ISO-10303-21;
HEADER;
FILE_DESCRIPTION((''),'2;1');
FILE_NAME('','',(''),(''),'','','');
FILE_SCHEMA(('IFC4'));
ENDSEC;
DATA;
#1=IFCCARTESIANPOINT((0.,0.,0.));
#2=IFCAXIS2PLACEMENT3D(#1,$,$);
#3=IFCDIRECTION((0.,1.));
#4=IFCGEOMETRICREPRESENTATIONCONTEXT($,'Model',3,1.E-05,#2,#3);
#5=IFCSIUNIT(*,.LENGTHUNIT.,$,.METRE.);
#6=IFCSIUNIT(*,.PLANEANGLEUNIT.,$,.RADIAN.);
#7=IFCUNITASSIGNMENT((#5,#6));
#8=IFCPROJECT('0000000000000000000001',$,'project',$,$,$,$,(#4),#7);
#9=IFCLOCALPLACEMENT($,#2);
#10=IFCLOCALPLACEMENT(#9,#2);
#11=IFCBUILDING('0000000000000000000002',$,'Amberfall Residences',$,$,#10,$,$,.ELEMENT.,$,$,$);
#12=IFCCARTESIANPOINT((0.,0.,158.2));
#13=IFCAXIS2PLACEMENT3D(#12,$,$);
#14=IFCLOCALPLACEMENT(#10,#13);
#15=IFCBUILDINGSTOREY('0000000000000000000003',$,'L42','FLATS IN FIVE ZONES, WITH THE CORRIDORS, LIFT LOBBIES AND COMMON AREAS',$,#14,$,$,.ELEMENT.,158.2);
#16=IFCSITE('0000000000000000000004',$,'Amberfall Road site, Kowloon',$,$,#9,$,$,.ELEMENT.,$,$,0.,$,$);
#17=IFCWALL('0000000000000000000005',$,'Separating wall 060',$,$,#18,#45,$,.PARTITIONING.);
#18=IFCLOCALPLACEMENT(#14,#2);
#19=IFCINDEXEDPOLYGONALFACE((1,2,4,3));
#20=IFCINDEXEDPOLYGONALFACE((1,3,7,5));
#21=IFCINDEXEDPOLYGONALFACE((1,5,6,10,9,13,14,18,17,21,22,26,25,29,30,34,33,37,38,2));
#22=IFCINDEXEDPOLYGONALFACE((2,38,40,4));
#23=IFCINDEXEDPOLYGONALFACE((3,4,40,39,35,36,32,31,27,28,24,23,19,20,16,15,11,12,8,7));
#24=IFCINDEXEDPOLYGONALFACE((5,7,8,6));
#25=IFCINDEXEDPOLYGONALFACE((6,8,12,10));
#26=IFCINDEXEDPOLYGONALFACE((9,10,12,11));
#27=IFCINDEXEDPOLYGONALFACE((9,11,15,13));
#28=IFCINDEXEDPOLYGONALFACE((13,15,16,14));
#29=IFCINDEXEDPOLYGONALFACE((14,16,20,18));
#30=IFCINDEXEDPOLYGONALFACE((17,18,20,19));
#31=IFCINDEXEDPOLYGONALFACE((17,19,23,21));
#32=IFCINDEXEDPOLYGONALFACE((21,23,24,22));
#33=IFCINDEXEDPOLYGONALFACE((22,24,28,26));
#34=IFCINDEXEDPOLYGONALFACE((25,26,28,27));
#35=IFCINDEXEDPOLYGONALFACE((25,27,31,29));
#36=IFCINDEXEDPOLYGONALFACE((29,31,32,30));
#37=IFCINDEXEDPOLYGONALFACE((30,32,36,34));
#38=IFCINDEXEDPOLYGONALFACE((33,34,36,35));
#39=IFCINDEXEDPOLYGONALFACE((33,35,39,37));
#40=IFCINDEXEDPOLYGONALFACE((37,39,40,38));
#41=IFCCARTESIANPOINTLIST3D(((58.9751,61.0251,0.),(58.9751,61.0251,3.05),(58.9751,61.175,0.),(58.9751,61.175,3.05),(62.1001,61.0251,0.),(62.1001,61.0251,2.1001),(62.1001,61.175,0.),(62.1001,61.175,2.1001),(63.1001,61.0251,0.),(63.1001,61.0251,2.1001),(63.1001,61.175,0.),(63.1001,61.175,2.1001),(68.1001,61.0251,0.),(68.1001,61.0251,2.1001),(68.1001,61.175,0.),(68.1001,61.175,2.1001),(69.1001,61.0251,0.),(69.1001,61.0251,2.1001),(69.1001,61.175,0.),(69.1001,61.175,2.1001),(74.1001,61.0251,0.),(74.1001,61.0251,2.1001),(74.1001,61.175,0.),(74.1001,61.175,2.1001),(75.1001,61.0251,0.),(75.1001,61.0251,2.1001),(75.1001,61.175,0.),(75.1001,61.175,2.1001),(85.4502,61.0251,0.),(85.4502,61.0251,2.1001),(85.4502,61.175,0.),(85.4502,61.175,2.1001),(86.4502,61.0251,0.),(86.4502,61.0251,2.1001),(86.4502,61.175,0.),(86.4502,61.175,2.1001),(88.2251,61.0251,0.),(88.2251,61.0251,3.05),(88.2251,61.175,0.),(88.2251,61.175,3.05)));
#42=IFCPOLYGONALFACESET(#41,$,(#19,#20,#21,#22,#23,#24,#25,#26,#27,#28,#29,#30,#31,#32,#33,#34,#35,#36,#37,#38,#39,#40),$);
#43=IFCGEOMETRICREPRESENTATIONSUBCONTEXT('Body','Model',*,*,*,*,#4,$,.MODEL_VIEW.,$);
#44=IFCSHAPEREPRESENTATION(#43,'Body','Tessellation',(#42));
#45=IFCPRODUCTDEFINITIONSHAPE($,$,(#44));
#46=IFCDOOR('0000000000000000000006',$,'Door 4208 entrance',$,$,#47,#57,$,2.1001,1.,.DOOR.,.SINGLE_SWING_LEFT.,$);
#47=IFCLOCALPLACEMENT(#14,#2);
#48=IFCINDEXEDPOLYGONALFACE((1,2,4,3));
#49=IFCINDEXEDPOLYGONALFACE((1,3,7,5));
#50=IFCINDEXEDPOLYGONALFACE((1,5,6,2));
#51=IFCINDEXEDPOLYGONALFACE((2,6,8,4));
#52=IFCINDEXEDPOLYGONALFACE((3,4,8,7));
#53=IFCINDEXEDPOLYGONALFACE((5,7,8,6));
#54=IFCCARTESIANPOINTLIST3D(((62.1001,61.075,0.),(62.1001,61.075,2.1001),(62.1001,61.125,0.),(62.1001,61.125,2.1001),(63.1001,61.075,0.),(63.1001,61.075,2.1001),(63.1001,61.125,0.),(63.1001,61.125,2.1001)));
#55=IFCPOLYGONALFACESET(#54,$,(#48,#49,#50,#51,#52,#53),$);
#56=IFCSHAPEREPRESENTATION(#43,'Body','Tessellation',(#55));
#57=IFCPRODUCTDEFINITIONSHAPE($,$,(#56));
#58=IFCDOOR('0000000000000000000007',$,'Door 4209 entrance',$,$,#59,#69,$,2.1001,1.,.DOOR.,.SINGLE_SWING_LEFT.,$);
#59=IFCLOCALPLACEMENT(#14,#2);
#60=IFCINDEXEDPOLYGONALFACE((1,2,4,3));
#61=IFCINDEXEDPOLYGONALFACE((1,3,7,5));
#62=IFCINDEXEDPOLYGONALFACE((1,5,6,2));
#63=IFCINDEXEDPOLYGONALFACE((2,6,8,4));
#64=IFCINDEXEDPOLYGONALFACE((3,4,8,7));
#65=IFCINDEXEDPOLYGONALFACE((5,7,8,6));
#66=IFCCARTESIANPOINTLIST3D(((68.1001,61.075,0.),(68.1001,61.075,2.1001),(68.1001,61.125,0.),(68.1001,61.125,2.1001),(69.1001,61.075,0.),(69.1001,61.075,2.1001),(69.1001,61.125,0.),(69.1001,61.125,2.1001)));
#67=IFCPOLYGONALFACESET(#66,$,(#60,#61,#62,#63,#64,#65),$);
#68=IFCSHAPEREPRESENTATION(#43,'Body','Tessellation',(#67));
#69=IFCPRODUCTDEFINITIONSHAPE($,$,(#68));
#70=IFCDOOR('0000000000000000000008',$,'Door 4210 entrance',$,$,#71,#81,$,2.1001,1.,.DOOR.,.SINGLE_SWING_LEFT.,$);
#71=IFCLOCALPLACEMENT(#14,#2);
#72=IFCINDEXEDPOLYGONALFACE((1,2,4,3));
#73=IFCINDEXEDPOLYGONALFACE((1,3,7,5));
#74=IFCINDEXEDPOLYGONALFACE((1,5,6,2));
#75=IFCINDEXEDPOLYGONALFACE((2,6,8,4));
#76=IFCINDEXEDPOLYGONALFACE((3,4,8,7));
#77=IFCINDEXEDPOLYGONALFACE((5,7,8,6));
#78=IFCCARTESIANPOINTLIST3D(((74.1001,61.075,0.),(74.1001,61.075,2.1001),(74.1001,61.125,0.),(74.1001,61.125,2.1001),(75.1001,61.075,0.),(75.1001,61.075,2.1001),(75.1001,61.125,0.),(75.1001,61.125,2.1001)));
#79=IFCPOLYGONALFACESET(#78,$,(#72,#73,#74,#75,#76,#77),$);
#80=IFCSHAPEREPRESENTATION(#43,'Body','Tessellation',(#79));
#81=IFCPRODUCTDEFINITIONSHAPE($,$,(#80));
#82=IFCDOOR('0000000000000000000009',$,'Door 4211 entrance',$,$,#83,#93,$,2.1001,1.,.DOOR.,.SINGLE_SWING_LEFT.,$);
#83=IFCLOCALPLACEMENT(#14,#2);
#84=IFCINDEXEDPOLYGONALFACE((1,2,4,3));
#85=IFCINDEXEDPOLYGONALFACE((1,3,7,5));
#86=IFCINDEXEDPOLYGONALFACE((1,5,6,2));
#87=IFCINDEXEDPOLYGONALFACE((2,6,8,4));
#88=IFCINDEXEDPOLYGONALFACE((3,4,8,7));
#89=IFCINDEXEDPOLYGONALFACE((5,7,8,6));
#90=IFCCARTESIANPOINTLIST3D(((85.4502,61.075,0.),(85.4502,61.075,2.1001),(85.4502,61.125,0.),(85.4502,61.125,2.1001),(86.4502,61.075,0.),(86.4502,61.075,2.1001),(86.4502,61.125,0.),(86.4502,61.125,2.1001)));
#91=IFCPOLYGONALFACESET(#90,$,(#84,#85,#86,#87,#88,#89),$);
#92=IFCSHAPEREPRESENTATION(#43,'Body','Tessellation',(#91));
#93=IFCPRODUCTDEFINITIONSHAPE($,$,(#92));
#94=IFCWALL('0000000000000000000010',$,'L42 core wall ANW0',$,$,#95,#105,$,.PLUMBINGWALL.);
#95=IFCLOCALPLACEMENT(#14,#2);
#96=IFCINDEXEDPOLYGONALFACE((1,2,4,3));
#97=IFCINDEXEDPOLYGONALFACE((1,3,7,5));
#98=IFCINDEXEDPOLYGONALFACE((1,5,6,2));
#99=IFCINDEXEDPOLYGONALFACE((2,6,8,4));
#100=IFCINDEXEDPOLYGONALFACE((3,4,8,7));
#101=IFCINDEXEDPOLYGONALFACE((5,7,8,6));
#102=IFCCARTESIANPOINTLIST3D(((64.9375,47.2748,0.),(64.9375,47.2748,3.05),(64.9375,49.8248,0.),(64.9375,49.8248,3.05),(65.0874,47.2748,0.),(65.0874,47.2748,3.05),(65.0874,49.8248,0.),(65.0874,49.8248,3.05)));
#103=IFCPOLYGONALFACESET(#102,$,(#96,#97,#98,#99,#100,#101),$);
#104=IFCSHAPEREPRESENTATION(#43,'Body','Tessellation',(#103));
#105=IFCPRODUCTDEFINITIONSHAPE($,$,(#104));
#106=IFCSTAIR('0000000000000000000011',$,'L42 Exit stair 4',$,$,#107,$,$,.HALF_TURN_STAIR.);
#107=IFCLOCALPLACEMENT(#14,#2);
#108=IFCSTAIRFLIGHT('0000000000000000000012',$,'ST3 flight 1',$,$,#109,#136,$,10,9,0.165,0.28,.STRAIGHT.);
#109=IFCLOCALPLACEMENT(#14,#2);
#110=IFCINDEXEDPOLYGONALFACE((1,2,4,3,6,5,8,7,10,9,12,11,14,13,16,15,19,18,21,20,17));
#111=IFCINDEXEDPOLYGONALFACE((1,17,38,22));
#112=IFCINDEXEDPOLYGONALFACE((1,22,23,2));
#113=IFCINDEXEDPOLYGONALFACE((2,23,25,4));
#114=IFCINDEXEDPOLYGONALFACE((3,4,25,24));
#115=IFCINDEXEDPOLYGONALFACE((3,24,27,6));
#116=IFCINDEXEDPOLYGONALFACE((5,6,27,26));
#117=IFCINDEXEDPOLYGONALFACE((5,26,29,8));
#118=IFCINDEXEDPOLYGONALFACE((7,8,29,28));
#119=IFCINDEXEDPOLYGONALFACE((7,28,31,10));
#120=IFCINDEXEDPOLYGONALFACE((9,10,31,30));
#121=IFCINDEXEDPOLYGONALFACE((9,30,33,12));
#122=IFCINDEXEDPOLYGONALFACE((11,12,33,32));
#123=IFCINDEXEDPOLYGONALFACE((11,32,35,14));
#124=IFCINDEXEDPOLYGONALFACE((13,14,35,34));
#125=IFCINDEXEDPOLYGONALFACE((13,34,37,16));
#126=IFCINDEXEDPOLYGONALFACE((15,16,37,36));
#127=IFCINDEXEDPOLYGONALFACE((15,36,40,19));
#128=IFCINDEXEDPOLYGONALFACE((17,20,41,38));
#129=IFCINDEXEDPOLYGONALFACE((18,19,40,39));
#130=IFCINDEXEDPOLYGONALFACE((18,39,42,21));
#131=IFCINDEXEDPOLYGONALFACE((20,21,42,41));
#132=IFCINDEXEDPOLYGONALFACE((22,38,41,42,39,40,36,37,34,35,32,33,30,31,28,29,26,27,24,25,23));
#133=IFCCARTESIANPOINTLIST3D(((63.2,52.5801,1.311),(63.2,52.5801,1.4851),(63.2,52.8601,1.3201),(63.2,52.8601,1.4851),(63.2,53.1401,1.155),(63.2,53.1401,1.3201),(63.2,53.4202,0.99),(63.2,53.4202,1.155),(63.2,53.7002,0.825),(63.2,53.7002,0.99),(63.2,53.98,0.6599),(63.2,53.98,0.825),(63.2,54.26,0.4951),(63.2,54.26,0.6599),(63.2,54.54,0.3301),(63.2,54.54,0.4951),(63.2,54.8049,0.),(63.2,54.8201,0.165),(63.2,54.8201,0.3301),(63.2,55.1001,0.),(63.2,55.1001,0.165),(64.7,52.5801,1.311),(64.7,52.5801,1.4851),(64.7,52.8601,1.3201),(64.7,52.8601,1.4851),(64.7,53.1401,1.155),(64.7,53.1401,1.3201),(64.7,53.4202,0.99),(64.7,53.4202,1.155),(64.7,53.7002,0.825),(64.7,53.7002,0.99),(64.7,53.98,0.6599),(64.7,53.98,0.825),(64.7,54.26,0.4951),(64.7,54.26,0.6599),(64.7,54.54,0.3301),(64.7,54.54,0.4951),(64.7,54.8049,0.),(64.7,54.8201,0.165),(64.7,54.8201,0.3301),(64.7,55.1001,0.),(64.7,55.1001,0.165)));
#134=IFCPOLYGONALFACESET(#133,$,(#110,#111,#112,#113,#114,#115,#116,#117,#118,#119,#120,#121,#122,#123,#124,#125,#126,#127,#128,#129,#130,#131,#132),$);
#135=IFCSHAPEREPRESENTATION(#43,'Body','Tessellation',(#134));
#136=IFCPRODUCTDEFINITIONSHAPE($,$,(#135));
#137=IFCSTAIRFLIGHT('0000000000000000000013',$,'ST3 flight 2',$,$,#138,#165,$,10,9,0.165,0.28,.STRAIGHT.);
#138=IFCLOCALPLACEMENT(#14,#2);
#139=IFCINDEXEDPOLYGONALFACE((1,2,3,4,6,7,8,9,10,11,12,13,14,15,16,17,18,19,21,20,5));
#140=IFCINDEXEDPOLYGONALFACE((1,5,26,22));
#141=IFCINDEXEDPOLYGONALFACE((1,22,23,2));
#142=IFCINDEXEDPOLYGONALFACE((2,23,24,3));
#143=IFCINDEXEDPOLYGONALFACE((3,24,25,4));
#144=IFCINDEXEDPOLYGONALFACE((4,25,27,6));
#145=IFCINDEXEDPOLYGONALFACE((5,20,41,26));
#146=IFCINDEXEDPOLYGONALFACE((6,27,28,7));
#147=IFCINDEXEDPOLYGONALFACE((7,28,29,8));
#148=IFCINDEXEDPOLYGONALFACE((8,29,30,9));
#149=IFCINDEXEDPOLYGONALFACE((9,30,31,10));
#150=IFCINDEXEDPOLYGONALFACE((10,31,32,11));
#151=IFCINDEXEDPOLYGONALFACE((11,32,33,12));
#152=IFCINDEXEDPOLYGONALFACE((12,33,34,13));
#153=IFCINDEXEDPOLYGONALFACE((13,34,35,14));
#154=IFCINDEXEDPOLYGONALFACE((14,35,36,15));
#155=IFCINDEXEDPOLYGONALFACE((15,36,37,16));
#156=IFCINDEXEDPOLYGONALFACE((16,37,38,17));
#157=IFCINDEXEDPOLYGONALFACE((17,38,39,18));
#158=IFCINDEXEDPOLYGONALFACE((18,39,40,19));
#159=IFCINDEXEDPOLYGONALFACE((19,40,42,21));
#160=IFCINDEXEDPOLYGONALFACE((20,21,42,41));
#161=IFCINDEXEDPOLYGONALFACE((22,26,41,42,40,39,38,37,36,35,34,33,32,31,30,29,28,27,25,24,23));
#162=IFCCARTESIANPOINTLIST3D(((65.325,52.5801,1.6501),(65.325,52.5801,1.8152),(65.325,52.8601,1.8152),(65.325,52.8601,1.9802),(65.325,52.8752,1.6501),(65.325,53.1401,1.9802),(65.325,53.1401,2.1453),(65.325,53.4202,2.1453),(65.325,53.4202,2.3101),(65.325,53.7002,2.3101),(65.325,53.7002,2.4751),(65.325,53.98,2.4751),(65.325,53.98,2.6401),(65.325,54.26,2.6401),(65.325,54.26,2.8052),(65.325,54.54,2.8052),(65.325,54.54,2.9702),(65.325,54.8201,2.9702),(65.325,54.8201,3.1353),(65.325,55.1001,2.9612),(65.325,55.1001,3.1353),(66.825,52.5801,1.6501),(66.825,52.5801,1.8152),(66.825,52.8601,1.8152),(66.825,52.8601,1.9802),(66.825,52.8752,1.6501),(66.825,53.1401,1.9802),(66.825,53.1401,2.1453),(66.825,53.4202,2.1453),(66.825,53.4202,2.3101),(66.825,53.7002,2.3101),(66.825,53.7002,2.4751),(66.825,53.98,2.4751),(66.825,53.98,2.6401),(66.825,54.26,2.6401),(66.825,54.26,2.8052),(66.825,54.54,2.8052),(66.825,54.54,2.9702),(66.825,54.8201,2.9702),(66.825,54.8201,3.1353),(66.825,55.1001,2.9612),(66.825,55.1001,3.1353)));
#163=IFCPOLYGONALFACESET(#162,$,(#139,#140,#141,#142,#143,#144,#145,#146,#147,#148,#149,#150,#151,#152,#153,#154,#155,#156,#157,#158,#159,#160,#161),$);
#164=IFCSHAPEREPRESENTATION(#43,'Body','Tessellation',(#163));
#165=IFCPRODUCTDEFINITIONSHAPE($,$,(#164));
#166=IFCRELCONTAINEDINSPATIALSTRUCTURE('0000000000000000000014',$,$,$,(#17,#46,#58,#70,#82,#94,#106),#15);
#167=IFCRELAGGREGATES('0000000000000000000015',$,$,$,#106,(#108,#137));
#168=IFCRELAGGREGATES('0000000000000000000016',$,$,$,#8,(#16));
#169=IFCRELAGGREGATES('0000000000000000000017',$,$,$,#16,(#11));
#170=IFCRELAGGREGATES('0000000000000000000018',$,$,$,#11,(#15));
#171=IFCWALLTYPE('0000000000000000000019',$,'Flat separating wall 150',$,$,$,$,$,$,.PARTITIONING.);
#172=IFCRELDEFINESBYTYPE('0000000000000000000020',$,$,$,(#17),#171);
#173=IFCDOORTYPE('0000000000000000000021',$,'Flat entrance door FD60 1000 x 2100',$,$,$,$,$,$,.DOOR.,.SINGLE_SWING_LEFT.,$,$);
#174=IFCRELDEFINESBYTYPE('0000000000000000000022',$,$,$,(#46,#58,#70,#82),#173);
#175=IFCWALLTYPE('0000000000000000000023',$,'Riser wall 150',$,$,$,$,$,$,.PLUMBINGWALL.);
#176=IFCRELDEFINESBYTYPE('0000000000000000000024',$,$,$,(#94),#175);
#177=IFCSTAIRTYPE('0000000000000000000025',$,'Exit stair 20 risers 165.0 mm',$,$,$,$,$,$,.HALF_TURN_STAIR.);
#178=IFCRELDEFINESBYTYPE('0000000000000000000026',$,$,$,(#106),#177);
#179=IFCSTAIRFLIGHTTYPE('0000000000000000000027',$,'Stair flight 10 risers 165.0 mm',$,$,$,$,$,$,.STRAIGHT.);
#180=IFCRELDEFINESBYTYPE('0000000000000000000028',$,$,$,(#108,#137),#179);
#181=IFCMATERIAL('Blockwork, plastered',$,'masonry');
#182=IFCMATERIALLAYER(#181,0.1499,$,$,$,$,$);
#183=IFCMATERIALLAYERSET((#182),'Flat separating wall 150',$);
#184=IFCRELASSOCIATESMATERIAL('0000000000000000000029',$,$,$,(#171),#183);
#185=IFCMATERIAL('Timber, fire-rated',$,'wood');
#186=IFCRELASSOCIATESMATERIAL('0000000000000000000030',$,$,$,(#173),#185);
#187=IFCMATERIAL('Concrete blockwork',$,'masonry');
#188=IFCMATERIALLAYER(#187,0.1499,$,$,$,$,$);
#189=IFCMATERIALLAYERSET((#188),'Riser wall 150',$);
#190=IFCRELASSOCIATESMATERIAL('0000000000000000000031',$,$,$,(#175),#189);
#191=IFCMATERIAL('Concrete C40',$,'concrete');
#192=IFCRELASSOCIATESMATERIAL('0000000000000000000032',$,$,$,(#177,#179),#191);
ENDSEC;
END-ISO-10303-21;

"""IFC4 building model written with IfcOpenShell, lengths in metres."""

from ifc_helpers import new_model, si_unit, direction, frame, frame_2d, origin, place, context, subcontext, project, spatial, polyline, rectangle, outline, extrude, material, layer, layer_set, type_object, element, fill, aggregate, save


model = new_model("IFC4")

# Units and contexts
model_context = context("Model", 3, precision=1e-05, world=origin(), true_north=direction((0.0, 1.0)))
body_context = subcontext(model_context, "Body", "Model", "MODEL_VIEW")
ifc_project = project(units=[si_unit("LENGTHUNIT", "METRE"), si_unit("PLANEANGLEUNIT", "RADIAN")], contexts=[model_context])

# Site, building, storey
site_placement = place(None, origin())
site = spatial("IfcSite", under=ifc_project, at=site_placement, Name="Amberfall Road site, Kowloon", CompositionType="ELEMENT", RefElevation=0.0)
building_placement = place(site_placement, origin())
building = spatial("IfcBuilding", under=site, at=building_placement, Name="Amberfall Residences", CompositionType="ELEMENT")
storey_placement = place(building_placement, frame((0.0, 0.0, 158.2)))
storey = spatial("IfcBuildingStorey", under=building, at=storey_placement, Name="L42", Description="FLATS IN FIVE ZONES, WITH THE CORRIDORS, LIFT LOBBIES AND COMMON AREAS", CompositionType="ELEMENT", Elevation=158.2)

# Wall, openings, doors
ifc_material_1 = material(Name="Blockwork, plastered", Category="masonry")
ifc_layer_1 = layer(ifc_material_1, 0.1499)
ifc_layer_set_1 = layer_set([ifc_layer_1], Name="Flat separating wall 150")
wall_type_1 = type_object("IfcWallType", Name="Flat separating wall 150", PredefinedType="PARTITIONING", material=ifc_layer_set_1)
wall_1_placement = place(storey_placement, frame((58.9751, 61.1001, 0.0), z_axis=(0.0, 0.0, 1.0), x_axis=(1.0, 0.0, 0.0)))
wall_1 = element("IfcWall", 1, at=wall_1_placement, inside=storey, type_object=wall_type_1, Name="Separating wall 060", PredefinedType="PARTITIONING", context=body_context, shape_type="SweptSolid", body=[
    extrude(rectangle(XDim=29.25, YDim=0.1499, at=frame_2d((14.625, 0.0))), origin(), (0.0, 0.0, 1.0), 3.05),
])
opening_1_placement = place(wall_1_placement, frame((3.125, 0.0, 0.0)))
opening_1 = element("IfcOpeningElement", 2, at=opening_1_placement, cuts=wall_1, PredefinedType="OPENING", context=body_context, shape_type="SweptSolid", body=[
    extrude(rectangle(XDim=1.0, YDim=2.1001, at=frame_2d((0.5, 1.05))), frame((0.0, 0.085, 0.0), z_axis=(0.0, -1.0, 0.0), x_axis=(1.0, 0.0, 0.0)), (0.0, 0.0, 1.0), 0.1699),
])
opening_2_placement = place(wall_1_placement, frame((9.125, 0.0, 0.0)))
opening_2 = element("IfcOpeningElement", 3, at=opening_2_placement, cuts=wall_1, PredefinedType="OPENING", context=body_context, shape_type="SweptSolid", body=[
    extrude(rectangle(XDim=1.0, YDim=2.1001, at=frame_2d((0.5, 1.05))), frame((0.0, 0.085, 0.0), z_axis=(0.0, -1.0, 0.0), x_axis=(1.0, 0.0, 0.0)), (0.0, 0.0, 1.0), 0.1699),
])
opening_3_placement = place(wall_1_placement, frame((15.125, 0.0, 0.0)))
opening_3 = element("IfcOpeningElement", 4, at=opening_3_placement, cuts=wall_1, PredefinedType="OPENING", context=body_context, shape_type="SweptSolid", body=[
    extrude(rectangle(XDim=1.0, YDim=2.1001, at=frame_2d((0.5, 1.05))), frame((0.0, 0.085, 0.0), z_axis=(0.0, -1.0, 0.0), x_axis=(1.0, 0.0, 0.0)), (0.0, 0.0, 1.0), 0.1699),
])
opening_4_placement = place(wall_1_placement, frame((26.4751, 0.0, 0.0)))
opening_4 = element("IfcOpeningElement", 5, at=opening_4_placement, cuts=wall_1, PredefinedType="OPENING", context=body_context, shape_type="SweptSolid", body=[
    extrude(rectangle(XDim=1.0, YDim=2.1001, at=frame_2d((0.5, 1.05))), frame((0.0, 0.085, 0.0), z_axis=(0.0, -1.0, 0.0), x_axis=(1.0, 0.0, 0.0)), (0.0, 0.0, 1.0), 0.1699),
])
ifc_material_2 = material(Name="Timber, fire-rated", Category="wood")
door_type_1 = type_object("IfcDoorType", Name="Flat entrance door FD60 1000 x 2100", OperationType="SINGLE_SWING_LEFT", PredefinedType="DOOR", material=ifc_material_2)
door_1_placement = place(opening_1_placement, origin())
door_1 = element("IfcDoor", 6, at=door_1_placement, inside=storey, type_object=door_type_1, Name="Door 4208 entrance", OperationType="SINGLE_SWING_LEFT", OverallHeight=2.1001, OverallWidth=1.0, PredefinedType="DOOR", context=body_context, shape_type="SweptSolid", body=[
    extrude(rectangle(XDim=1.0, YDim=2.1001, at=frame_2d((0.5, 1.05))), frame((0.0, 0.0249, 0.0), z_axis=(0.0, -1.0, 0.0), x_axis=(1.0, 0.0, 0.0)), (0.0, 0.0, 1.0), 0.05),
])
fill(opening_1, door_1)
door_2_placement = place(opening_2_placement, origin())
door_2 = element("IfcDoor", 7, at=door_2_placement, inside=storey, type_object=door_type_1, Name="Door 4209 entrance", OperationType="SINGLE_SWING_LEFT", OverallHeight=2.1001, OverallWidth=1.0, PredefinedType="DOOR", context=body_context, shape_type="SweptSolid", body=[
    extrude(rectangle(XDim=1.0, YDim=2.1001, at=frame_2d((0.5, 1.05))), frame((0.0, 0.0249, 0.0), z_axis=(0.0, -1.0, 0.0), x_axis=(1.0, 0.0, 0.0)), (0.0, 0.0, 1.0), 0.05),
])
fill(opening_2, door_2)
door_3_placement = place(opening_3_placement, origin())
door_3 = element("IfcDoor", 8, at=door_3_placement, inside=storey, type_object=door_type_1, Name="Door 4210 entrance", OperationType="SINGLE_SWING_LEFT", OverallHeight=2.1001, OverallWidth=1.0, PredefinedType="DOOR", context=body_context, shape_type="SweptSolid", body=[
    extrude(rectangle(XDim=1.0, YDim=2.1001, at=frame_2d((0.5, 1.05))), frame((0.0, 0.0249, 0.0), z_axis=(0.0, -1.0, 0.0), x_axis=(1.0, 0.0, 0.0)), (0.0, 0.0, 1.0), 0.05),
])
fill(opening_3, door_3)
door_4_placement = place(opening_4_placement, origin())
door_4 = element("IfcDoor", 9, at=door_4_placement, inside=storey, type_object=door_type_1, Name="Door 4211 entrance", OperationType="SINGLE_SWING_LEFT", OverallHeight=2.1001, OverallWidth=1.0, PredefinedType="DOOR", context=body_context, shape_type="SweptSolid", body=[
    extrude(rectangle(XDim=1.0, YDim=2.1001, at=frame_2d((0.5, 1.05))), frame((0.0, 0.0249, 0.0), z_axis=(0.0, -1.0, 0.0), x_axis=(1.0, 0.0, 0.0)), (0.0, 0.0, 1.0), 0.05),
])
fill(opening_4, door_4)

# Wall
ifc_material_3 = material(Name="Concrete blockwork", Category="masonry")
ifc_layer_2 = layer(ifc_material_3, 0.1499)
ifc_layer_set_2 = layer_set([ifc_layer_2], Name="Riser wall 150")
wall_type_2 = type_object("IfcWallType", Name="Riser wall 150", PredefinedType="PLUMBINGWALL", material=ifc_layer_set_2)
wall_2_placement = place(storey_placement, frame((65.0125, 47.2749, 0.0), z_axis=(0.0, 0.0, 1.0), x_axis=(0.0, 1.0, 0.0)))
element("IfcWall", 10, at=wall_2_placement, inside=storey, type_object=wall_type_2, Name="L42 core wall ANW0", PredefinedType="PLUMBINGWALL", context=body_context, shape_type="SweptSolid", body=[
    extrude(rectangle(XDim=2.55, YDim=0.1499, at=frame_2d((1.2749, 0.0))), origin(), (0.0, 0.0, 1.0), 3.05),
])

# Stair, stair flights
ifc_material_4 = material(Name="Concrete C40", Category="concrete")
stair_type = type_object("IfcStairType", Name="Exit stair 20 risers 165.0 mm", PredefinedType="HALF_TURN_STAIR", material=ifc_material_4)
stair_placement = place(storey_placement, origin())
stair = element("IfcStair", 11, at=stair_placement, inside=storey, type_object=stair_type, Name="L42 Exit stair 4", PredefinedType="HALF_TURN_STAIR")
stair_flight_type = type_object("IfcStairFlightType", Name="Stair flight 10 risers 165.0 mm", PredefinedType="STRAIGHT", material=ifc_material_4)
stair_flight_1_placement = place(storey_placement, frame((63.95, 55.1001, 0.0), z_axis=(0.0, 0.0, 1.0), x_axis=(0.0, -1.0, 0.0)))
stair_flight_1 = element("IfcStairFlight", 12, at=stair_flight_1_placement, type_object=stair_flight_type, Name="ST3 flight 1", NumberOfRisers=10, NumberOfTreads=9, PredefinedType="STRAIGHT", RiserHeight=0.165, TreadLength=0.28, context=body_context, shape_type="SweptSolid", body=[
    extrude(outline(polyline([(0.0, 0.0), (0.0, 0.165), (0.28, 0.165), (0.28, 0.3301), (0.5601, 0.3301), (0.5601, 0.4951), (0.8401, 0.4951), (0.8401, 0.6599), (1.1201, 0.6599), (1.1201, 0.825), (1.3999, 0.825), (1.3999, 0.99), (1.6799, 0.99), (1.6799, 1.155), (1.96, 1.155), (1.96, 1.3201), (2.24, 1.3201), (2.24, 1.4851), (2.52, 1.4851), (2.52, 1.6499), (2.52, 1.311), (0.2952, 0.0), (0.0, 0.0)])), frame((0.0, 0.75, 0.0), z_axis=(0.0, -1.0, 0.0), x_axis=(1.0, 0.0, 0.0)), (0.0, 0.0, 1.0), 1.5),
])
stair_flight_2_placement = place(storey_placement, frame((66.075, 52.5801, 1.6501), z_axis=(0.0, 0.0, 1.0), x_axis=(0.0, 1.0, 0.0)))
stair_flight_2 = element("IfcStairFlight", 13, at=stair_flight_2_placement, type_object=stair_flight_type, Name="ST3 flight 2", NumberOfRisers=10, NumberOfTreads=9, PredefinedType="STRAIGHT", RiserHeight=0.165, TreadLength=0.28, context=body_context, shape_type="SweptSolid", body=[
    extrude(outline(polyline([(0.0, 0.0), (0.0, 0.165), (0.28, 0.165), (0.28, 0.3301), (0.5601, 0.3301), (0.5601, 0.4951), (0.8401, 0.4951), (0.8401, 0.6599), (1.1201, 0.6599), (1.1201, 0.825), (1.3999, 0.825), (1.3999, 0.99), (1.6799, 0.99), (1.6799, 1.155), (1.96, 1.155), (1.96, 1.3201), (2.24, 1.3201), (2.24, 1.4851), (2.52, 1.4851), (2.52, 1.6499), (2.52, 1.311), (0.2952, 0.0), (0.0, 0.0)])), frame((0.0, 0.75, 0.0), z_axis=(0.0, -1.0, 0.0), x_axis=(1.0, 0.0, 0.0)), (0.0, 0.0, 1.0), 1.5),
])
aggregate(stair, [stair_flight_1, stair_flight_2])

save(model, "model.ifc")
